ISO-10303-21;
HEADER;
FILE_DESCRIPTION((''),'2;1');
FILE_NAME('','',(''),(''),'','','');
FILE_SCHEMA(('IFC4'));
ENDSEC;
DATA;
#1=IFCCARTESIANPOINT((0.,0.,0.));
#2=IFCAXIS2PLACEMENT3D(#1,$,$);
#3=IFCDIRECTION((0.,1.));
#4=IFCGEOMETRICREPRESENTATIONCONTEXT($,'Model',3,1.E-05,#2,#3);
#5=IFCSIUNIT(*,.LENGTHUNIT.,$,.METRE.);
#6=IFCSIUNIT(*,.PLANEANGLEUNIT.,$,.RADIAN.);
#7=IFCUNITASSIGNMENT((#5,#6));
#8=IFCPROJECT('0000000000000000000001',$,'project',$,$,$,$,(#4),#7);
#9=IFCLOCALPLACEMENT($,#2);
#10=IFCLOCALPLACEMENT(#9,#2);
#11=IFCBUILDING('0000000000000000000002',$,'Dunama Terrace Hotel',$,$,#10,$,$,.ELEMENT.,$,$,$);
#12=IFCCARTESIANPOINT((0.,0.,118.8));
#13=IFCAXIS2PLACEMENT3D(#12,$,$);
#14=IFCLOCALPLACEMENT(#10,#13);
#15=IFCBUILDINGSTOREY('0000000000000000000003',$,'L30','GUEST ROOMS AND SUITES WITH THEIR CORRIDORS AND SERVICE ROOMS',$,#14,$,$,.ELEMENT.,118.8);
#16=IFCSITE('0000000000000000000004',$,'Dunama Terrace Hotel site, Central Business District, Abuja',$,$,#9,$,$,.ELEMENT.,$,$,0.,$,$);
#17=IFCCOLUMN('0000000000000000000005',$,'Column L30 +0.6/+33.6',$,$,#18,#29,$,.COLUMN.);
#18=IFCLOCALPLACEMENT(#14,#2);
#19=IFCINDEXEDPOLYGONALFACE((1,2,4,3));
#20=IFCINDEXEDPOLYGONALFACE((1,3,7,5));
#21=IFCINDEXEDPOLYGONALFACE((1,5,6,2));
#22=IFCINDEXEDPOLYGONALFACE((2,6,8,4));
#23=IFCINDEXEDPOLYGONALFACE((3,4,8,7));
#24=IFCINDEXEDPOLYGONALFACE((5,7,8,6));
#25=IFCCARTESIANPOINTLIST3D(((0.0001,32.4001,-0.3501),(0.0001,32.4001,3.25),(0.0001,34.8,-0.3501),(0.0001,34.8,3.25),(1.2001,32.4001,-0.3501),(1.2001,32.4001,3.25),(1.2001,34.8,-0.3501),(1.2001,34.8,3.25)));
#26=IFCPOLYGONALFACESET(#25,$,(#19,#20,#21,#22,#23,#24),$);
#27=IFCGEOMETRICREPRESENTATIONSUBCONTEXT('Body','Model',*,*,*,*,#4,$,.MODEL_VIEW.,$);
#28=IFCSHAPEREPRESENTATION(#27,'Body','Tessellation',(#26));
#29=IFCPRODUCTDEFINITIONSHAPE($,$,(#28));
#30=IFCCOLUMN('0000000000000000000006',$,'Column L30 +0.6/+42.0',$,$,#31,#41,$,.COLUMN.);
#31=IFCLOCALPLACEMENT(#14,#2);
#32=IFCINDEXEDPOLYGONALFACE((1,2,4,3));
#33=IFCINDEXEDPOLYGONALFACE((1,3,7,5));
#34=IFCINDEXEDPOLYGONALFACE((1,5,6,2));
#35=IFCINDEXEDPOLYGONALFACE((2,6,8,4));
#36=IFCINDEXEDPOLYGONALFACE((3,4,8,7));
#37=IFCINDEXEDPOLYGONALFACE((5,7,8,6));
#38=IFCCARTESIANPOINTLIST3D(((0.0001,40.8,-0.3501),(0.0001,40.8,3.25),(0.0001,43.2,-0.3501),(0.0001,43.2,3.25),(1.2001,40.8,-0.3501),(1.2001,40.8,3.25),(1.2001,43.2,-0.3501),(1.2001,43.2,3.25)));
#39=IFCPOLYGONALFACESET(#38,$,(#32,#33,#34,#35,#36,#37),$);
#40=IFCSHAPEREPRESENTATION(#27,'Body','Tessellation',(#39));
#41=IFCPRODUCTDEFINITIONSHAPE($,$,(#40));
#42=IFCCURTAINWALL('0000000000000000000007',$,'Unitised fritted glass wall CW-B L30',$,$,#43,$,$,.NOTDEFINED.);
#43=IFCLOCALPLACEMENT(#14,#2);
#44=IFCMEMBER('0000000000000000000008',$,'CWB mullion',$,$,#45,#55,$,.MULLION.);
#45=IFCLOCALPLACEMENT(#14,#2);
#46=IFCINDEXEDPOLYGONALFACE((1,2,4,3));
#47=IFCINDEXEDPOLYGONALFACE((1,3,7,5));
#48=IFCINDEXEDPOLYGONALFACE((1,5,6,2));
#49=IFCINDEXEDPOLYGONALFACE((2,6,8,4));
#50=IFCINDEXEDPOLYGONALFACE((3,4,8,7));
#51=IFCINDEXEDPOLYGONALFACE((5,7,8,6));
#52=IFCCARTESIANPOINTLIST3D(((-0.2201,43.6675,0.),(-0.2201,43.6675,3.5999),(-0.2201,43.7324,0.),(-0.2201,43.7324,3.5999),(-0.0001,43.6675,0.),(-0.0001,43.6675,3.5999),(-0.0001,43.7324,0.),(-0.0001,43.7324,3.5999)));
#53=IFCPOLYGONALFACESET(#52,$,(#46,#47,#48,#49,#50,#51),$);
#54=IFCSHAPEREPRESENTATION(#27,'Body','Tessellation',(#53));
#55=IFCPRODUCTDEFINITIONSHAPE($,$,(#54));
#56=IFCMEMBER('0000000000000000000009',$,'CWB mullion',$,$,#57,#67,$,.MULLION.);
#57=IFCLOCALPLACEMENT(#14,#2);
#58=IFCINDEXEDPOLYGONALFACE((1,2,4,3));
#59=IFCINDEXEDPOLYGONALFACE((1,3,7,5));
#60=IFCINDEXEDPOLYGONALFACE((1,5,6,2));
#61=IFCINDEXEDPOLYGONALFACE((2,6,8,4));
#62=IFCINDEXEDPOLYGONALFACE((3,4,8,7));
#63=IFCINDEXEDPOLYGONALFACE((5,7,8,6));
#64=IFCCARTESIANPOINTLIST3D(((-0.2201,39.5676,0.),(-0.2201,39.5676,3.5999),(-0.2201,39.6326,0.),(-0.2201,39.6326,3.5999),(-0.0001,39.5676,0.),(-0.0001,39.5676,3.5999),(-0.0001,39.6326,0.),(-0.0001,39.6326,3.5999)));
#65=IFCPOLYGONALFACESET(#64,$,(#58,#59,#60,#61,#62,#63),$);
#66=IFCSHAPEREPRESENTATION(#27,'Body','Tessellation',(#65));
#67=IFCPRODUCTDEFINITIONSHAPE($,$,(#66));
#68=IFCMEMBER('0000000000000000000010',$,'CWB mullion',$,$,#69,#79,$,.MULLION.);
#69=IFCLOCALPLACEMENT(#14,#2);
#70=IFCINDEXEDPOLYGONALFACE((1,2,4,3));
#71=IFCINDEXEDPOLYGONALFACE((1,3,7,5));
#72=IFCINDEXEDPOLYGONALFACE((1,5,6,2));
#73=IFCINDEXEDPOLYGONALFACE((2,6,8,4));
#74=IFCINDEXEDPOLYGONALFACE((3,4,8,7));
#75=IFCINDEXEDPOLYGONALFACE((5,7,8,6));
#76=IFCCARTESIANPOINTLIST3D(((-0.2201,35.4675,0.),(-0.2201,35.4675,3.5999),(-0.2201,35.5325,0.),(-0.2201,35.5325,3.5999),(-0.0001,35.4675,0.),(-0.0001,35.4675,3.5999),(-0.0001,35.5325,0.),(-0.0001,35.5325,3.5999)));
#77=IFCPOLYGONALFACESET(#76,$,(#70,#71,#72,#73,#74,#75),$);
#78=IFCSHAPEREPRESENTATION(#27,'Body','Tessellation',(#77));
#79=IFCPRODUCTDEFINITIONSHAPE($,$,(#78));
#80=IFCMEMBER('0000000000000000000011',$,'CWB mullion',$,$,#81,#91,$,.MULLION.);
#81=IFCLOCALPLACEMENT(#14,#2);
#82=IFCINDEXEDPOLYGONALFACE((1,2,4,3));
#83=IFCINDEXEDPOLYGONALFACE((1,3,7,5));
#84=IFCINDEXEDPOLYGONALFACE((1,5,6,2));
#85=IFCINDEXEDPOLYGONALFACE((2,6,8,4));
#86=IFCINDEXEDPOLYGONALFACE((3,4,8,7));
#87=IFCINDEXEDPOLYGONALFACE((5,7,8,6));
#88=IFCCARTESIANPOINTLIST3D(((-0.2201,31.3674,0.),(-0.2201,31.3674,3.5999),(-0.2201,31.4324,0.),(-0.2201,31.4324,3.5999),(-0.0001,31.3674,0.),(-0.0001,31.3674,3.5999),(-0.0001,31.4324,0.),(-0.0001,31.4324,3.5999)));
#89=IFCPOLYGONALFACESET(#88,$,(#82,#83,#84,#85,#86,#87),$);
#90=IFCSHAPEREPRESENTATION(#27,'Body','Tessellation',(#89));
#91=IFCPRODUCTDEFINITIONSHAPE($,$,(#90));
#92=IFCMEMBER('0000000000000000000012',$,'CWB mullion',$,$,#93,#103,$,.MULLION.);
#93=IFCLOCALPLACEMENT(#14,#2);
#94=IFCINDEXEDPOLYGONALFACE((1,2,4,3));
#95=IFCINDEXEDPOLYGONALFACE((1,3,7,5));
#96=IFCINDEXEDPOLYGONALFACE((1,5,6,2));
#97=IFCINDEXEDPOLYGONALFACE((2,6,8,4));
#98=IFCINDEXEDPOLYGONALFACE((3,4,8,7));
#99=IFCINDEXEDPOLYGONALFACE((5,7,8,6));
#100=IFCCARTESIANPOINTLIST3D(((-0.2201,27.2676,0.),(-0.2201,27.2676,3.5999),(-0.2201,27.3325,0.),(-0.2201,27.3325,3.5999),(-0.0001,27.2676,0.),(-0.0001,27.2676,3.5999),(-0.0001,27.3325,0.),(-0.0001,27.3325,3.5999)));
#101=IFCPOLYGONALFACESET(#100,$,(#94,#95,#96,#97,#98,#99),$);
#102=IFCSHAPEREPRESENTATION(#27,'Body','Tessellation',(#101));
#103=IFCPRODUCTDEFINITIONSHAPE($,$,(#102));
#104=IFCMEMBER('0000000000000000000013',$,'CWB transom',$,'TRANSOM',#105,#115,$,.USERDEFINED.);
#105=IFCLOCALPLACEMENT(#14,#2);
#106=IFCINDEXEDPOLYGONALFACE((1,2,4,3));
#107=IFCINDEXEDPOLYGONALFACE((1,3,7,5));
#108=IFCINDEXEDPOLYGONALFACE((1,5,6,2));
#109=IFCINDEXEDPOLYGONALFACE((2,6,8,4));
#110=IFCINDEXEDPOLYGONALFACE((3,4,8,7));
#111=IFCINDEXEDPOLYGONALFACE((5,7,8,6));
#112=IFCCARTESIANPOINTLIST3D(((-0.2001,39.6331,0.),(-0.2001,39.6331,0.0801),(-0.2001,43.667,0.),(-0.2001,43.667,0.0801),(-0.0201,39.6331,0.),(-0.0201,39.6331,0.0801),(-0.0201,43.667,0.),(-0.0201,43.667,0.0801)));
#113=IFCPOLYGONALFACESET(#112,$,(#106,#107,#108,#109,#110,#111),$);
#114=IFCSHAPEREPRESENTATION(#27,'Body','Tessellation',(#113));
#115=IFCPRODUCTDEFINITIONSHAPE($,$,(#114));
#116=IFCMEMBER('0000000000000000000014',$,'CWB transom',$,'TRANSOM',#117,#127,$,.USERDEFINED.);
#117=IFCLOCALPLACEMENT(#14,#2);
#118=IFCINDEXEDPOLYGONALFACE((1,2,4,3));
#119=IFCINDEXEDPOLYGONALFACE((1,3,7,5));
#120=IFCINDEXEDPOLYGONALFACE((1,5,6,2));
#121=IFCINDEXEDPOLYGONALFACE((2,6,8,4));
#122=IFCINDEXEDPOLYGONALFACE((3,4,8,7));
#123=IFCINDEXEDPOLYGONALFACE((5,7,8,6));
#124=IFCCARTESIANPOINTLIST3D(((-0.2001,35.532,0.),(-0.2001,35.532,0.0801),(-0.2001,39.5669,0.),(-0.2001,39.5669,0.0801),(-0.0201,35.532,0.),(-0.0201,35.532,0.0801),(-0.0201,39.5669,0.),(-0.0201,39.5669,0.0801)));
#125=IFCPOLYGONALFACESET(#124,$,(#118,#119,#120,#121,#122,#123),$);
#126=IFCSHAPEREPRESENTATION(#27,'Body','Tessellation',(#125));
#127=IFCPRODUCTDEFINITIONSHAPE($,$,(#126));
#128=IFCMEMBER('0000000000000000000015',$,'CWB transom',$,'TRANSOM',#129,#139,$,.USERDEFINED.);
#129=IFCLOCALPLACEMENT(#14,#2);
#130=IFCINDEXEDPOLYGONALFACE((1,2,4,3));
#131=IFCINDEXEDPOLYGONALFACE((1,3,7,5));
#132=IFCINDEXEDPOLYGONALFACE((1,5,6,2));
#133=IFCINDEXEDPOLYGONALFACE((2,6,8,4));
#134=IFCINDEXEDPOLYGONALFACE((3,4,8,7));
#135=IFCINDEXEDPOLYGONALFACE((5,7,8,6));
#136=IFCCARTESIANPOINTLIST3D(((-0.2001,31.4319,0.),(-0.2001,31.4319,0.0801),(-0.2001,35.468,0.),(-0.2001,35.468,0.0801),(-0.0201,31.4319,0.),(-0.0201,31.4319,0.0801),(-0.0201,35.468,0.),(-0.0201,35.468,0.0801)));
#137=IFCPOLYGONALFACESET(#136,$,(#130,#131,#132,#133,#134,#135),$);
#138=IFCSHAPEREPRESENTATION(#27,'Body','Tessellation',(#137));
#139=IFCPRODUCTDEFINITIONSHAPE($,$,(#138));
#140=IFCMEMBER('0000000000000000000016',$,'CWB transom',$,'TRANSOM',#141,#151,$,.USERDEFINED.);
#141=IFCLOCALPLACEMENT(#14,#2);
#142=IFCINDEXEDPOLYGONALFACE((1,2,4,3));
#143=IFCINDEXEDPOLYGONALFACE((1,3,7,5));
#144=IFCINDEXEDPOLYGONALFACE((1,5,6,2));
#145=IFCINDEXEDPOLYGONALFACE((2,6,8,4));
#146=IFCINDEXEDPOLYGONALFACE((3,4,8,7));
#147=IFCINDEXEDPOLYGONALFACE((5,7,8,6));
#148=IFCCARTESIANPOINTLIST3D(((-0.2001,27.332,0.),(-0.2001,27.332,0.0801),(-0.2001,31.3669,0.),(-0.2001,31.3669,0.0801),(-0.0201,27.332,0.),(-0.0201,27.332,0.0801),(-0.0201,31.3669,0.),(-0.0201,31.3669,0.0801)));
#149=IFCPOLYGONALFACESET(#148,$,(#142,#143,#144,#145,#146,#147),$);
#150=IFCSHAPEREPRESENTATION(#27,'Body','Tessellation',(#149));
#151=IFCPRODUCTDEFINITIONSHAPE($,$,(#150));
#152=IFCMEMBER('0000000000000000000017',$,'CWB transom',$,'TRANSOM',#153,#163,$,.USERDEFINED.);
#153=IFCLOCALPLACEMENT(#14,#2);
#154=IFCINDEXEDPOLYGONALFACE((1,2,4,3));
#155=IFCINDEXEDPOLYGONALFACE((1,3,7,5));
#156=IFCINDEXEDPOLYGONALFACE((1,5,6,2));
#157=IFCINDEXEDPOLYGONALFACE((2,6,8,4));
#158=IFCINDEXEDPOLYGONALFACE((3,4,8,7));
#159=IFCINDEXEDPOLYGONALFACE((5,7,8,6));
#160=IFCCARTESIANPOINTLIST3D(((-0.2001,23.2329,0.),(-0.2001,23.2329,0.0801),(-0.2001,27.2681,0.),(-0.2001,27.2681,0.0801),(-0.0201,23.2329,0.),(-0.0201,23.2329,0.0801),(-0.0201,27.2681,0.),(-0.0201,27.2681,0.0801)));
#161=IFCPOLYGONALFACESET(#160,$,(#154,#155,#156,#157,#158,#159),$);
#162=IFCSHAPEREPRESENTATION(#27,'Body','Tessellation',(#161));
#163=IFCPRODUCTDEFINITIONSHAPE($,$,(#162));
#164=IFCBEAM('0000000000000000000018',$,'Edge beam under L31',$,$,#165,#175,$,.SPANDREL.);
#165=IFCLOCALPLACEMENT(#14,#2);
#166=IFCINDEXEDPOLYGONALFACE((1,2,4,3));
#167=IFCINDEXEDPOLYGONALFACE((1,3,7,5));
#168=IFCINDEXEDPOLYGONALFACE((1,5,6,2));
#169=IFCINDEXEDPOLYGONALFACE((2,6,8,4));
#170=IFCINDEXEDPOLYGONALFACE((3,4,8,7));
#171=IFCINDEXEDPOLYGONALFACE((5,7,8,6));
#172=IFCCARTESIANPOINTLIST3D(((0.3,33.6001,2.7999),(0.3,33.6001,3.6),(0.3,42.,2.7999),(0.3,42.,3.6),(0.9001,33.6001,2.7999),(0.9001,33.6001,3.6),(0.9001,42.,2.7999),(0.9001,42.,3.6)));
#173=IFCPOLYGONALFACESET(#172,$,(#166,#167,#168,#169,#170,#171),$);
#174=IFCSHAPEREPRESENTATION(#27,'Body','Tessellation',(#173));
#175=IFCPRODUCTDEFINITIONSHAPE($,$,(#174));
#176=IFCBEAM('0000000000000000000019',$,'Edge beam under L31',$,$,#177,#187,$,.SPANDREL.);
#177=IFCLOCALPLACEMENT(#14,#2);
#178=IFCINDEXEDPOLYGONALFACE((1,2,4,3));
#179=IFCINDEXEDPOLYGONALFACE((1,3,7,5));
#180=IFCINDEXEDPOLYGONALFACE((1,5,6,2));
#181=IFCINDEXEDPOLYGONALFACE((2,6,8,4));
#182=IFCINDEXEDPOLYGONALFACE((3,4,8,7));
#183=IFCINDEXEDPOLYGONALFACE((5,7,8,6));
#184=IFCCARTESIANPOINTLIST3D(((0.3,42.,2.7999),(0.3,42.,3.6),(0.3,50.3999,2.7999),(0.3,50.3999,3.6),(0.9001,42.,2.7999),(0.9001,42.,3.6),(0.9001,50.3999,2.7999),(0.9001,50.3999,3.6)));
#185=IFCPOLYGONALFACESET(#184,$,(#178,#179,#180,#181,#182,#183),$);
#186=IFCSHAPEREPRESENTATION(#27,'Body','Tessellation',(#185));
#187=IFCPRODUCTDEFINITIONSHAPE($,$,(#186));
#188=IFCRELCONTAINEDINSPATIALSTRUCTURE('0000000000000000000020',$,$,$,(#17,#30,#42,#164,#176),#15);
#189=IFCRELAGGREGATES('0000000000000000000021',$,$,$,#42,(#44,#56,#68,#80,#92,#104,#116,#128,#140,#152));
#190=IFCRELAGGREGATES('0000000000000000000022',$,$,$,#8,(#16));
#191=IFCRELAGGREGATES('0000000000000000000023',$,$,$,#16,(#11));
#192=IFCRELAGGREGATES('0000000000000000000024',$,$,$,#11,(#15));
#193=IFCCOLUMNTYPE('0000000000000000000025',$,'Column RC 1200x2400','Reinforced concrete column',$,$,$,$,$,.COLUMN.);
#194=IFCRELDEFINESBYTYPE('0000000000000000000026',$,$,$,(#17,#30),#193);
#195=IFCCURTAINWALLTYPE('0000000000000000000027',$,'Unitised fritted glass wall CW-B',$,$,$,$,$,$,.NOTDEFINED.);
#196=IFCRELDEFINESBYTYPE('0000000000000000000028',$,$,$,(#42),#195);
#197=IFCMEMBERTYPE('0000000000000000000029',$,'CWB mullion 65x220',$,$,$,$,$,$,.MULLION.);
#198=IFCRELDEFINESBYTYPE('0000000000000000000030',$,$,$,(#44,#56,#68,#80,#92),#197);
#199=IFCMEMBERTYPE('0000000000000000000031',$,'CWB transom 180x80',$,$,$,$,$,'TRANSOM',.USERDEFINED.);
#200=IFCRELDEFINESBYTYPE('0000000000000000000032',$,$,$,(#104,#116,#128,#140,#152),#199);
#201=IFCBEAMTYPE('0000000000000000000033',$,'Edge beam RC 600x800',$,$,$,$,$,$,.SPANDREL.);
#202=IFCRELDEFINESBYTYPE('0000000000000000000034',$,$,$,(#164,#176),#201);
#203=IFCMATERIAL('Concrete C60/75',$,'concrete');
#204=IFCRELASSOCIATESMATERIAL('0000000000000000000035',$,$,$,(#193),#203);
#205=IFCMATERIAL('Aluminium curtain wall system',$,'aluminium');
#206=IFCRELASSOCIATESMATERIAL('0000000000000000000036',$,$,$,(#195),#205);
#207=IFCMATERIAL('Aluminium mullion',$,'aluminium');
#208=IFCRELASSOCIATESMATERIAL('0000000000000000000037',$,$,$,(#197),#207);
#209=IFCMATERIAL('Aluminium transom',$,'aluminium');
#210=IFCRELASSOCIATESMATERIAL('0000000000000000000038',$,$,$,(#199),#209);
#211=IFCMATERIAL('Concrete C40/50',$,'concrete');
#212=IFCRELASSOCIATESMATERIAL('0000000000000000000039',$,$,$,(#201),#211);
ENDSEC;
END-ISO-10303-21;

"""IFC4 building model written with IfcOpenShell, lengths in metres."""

from ifc_helpers import new_model, si_unit, direction, frame, origin, origin_2d, place, context, subcontext, project, spatial, rectangle, extrude, material, material_profile, profile_set, type_object, element, aggregate, save


model = new_model("IFC4")

# Units and contexts
model_context = context("Model", 3, precision=1e-05, world=origin(), true_north=direction((0.0, 1.0)))
body_context = subcontext(model_context, "Body", "Model", "MODEL_VIEW")
ifc_project = project(units=[si_unit("LENGTHUNIT", "METRE"), si_unit("PLANEANGLEUNIT", "RADIAN")], contexts=[model_context])

# Site, building, storey
site_placement = place(None, origin())
site = spatial("IfcSite", under=ifc_project, at=site_placement, Name="Dunama Terrace Hotel site, Central Business District, Abuja", CompositionType="ELEMENT", RefElevation=0.0)
building_placement = place(site_placement, origin())
building = spatial("IfcBuilding", under=site, at=building_placement, Name="Dunama Terrace Hotel", CompositionType="ELEMENT")
storey_placement = place(building_placement, frame((0.0, 0.0, 118.8)))
storey = spatial("IfcBuildingStorey", under=building, at=storey_placement, Name="L30", Description="GUEST ROOMS AND SUITES WITH THEIR CORRIDORS AND SERVICE ROOMS", CompositionType="ELEMENT", Elevation=118.8)

# Columns
ifc_material_1 = material(Name="Concrete C60/75", Category="concrete")
ifc_material_profile_1 = material_profile(ifc_material_1, rectangle(XDim=1.2, YDim=2.3999, at=origin_2d()), Name="RC 1200x2400")
ifc_profile_set_1 = profile_set([ifc_material_profile_1], Name="Concrete C60/75")
column_type = type_object("IfcColumnType", Name="Column RC 1200x2400", Description="Reinforced concrete column", PredefinedType="COLUMN", material=ifc_profile_set_1)
for number, where, z_axis, x_axis, name in (
    (1, (0.6001, 33.6001, -0.3501), (0.0, 0.0, 1.0), (1.0, 0.0, 0.0), "Column L30 +0.6/+33.6"),
    (2, (0.6001, 42.0, -0.3501), (0.0, 0.0, 1.0), (1.0, 0.0, 0.0), "Column L30 +0.6/+42.0"),
):
    element("IfcColumn", number, at=place(storey_placement, frame(where, z_axis=z_axis, x_axis=x_axis)), inside=storey, type_object=column_type, Name=name, PredefinedType="COLUMN", context=body_context, shape_type="SweptSolid", body=[
        extrude(rectangle(XDim=1.2, YDim=2.3999, at=origin_2d()), origin(), (0.0, 0.0, 1.0), 3.6001),
    ])

# Curtain wall, members
ifc_material_2 = material(Name="Aluminium curtain wall system", Category="aluminium")
curtain_wall_type = type_object("IfcCurtainWallType", Name="Unitised fritted glass wall CW-B", PredefinedType="NOTDEFINED", material=ifc_material_2)
curtain_wall_placement = place(storey_placement, origin())
curtain_wall = element("IfcCurtainWall", 3, at=curtain_wall_placement, inside=storey, type_object=curtain_wall_type, Name="Unitised fritted glass wall CW-B L30", PredefinedType="NOTDEFINED")
ifc_material_3 = material(Name="Aluminium mullion", Category="aluminium")
ifc_material_profile_2 = material_profile(ifc_material_3, rectangle(XDim=0.0649, YDim=0.22, at=origin_2d()), Name="CWB MULLION 65X220")
ifc_profile_set_2 = profile_set([ifc_material_profile_2], Name="Aluminium mullion")
member_type_1 = type_object("IfcMemberType", Name="CWB mullion 65x220", PredefinedType="MULLION", material=ifc_profile_set_2)
member_1_placement = place(storey_placement, frame((-0.1101, 43.7, 0.0), z_axis=(0.0, 0.0, 1.0), x_axis=(0.0, -1.0, 0.0)))
member_1 = element("IfcMember", 4, at=member_1_placement, type_object=member_type_1, Name="CWB mullion", PredefinedType="MULLION", context=body_context, shape_type="SweptSolid", body=[
    extrude(rectangle(XDim=0.0649, YDim=0.22, at=origin_2d()), origin(), (0.0, 0.0, 1.0), 3.5999),
])
member_2_placement = place(storey_placement, frame((-0.1101, 39.6001, 0.0), z_axis=(0.0, 0.0, 1.0), x_axis=(0.0, -1.0, 0.0)))
member_2 = element("IfcMember", 5, at=member_2_placement, type_object=member_type_1, Name="CWB mullion", PredefinedType="MULLION", context=body_context, shape_type="SweptSolid", body=[
    extrude(rectangle(XDim=0.0649, YDim=0.22, at=origin_2d()), origin(), (0.0, 0.0, 1.0), 3.5999),
])
member_3_placement = place(storey_placement, frame((-0.1101, 35.5, 0.0), z_axis=(0.0, 0.0, 1.0), x_axis=(0.0, -1.0, 0.0)))
member_3 = element("IfcMember", 6, at=member_3_placement, type_object=member_type_1, Name="CWB mullion", PredefinedType="MULLION", context=body_context, shape_type="SweptSolid", body=[
    extrude(rectangle(XDim=0.0649, YDim=0.22, at=origin_2d()), origin(), (0.0, 0.0, 1.0), 3.5999),
])
member_4_placement = place(storey_placement, frame((-0.1101, 31.3999, 0.0), z_axis=(0.0, 0.0, 1.0), x_axis=(0.0, -1.0, 0.0)))
member_4 = element("IfcMember", 7, at=member_4_placement, type_object=member_type_1, Name="CWB mullion", PredefinedType="MULLION", context=body_context, shape_type="SweptSolid", body=[
    extrude(rectangle(XDim=0.0649, YDim=0.22, at=origin_2d()), origin(), (0.0, 0.0, 1.0), 3.5999),
])
member_5_placement = place(storey_placement, frame((-0.1101, 27.3, 0.0), z_axis=(0.0, 0.0, 1.0), x_axis=(0.0, -1.0, 0.0)))
member_5 = element("IfcMember", 8, at=member_5_placement, type_object=member_type_1, Name="CWB mullion", PredefinedType="MULLION", context=body_context, shape_type="SweptSolid", body=[
    extrude(rectangle(XDim=0.0649, YDim=0.22, at=origin_2d()), origin(), (0.0, 0.0, 1.0), 3.5999),
])
ifc_material_4 = material(Name="Aluminium transom", Category="aluminium")
ifc_material_profile_3 = material_profile(ifc_material_4, rectangle(XDim=0.1799, YDim=0.0801, at=origin_2d()), Name="CWB TRANSOM 180X80")
ifc_profile_set_3 = profile_set([ifc_material_profile_3], Name="Aluminium transom")
member_type_2 = type_object("IfcMemberType", Name="CWB transom 180x80", ElementType="TRANSOM", PredefinedType="USERDEFINED", material=ifc_profile_set_3)
member_6_placement = place(storey_placement, frame((-0.1101, 43.667, 0.04), z_axis=(0.0, -1.0, 0.0), x_axis=(1.0, 0.0, 0.0)))
member_6 = element("IfcMember", 9, at=member_6_placement, type_object=member_type_2, Name="CWB transom", ObjectType="TRANSOM", PredefinedType="USERDEFINED", context=body_context, shape_type="SweptSolid", body=[
    extrude(rectangle(XDim=0.1799, YDim=0.0801, at=origin_2d()), origin(), (0.0, 0.0, 1.0), 4.0339),
])
member_7_placement = place(storey_placement, frame((-0.1101, 39.5669, 0.04), z_axis=(0.0, -1.0, 0.0), x_axis=(1.0, 0.0, 0.0)))
member_7 = element("IfcMember", 10, at=member_7_placement, type_object=member_type_2, Name="CWB transom", ObjectType="TRANSOM", PredefinedType="USERDEFINED", context=body_context, shape_type="SweptSolid", body=[
    extrude(rectangle(XDim=0.1799, YDim=0.0801, at=origin_2d()), origin(), (0.0, 0.0, 1.0), 4.0349),
])
member_8_placement = place(storey_placement, frame((-0.1101, 35.468, 0.04), z_axis=(0.0, -1.0, 0.0), x_axis=(1.0, 0.0, 0.0)))
member_8 = element("IfcMember", 11, at=member_8_placement, type_object=member_type_2, Name="CWB transom", ObjectType="TRANSOM", PredefinedType="USERDEFINED", context=body_context, shape_type="SweptSolid", body=[
    extrude(rectangle(XDim=0.1799, YDim=0.0801, at=origin_2d()), origin(), (0.0, 0.0, 1.0), 4.0361),
])
member_9_placement = place(storey_placement, frame((-0.1101, 31.3669, 0.04), z_axis=(0.0, -1.0, 0.0), x_axis=(1.0, 0.0, 0.0)))
member_9 = element("IfcMember", 12, at=member_9_placement, type_object=member_type_2, Name="CWB transom", ObjectType="TRANSOM", PredefinedType="USERDEFINED", context=body_context, shape_type="SweptSolid", body=[
    extrude(rectangle(XDim=0.1799, YDim=0.0801, at=origin_2d()), origin(), (0.0, 0.0, 1.0), 4.0349),
])
member_10_placement = place(storey_placement, frame((-0.1101, 27.2681, 0.04), z_axis=(0.0, -1.0, 0.0), x_axis=(1.0, 0.0, 0.0)))
member_10 = element("IfcMember", 13, at=member_10_placement, type_object=member_type_2, Name="CWB transom", ObjectType="TRANSOM", PredefinedType="USERDEFINED", context=body_context, shape_type="SweptSolid", body=[
    extrude(rectangle(XDim=0.1799, YDim=0.0801, at=origin_2d()), origin(), (0.0, 0.0, 1.0), 4.0352),
])

# Beams
ifc_material_5 = material(Name="Concrete C40/50", Category="concrete")
ifc_material_profile_4 = material_profile(ifc_material_5, rectangle(XDim=0.6001, YDim=0.8, at=origin_2d()), Name="RC 600x800")
ifc_profile_set_4 = profile_set([ifc_material_profile_4], Name="Concrete C40/50")
beam_type = type_object("IfcBeamType", Name="Edge beam RC 600x800", PredefinedType="SPANDREL", material=ifc_profile_set_4)
for number, where, z_axis, x_axis, name in (
    (14, (0.6001, 33.6001, 3.2), (0.0, 1.0, 0.0), (-1.0, 0.0, 0.0), "Edge beam under L31"),
    (15, (0.6001, 42.0, 3.2), (0.0, 1.0, 0.0), (-1.0, 0.0, 0.0), "Edge beam under L31"),
):
    element("IfcBeam", number, at=place(storey_placement, frame(where, z_axis=z_axis, x_axis=x_axis)), inside=storey, type_object=beam_type, Name=name, PredefinedType="SPANDREL", context=body_context, shape_type="SweptSolid", body=[
        extrude(rectangle(XDim=0.6001, YDim=0.8, at=origin_2d()), origin(), (0.0, 0.0, 1.0), 8.3999),
    ])

aggregate(curtain_wall, [member_1, member_2, member_3, member_4, member_5, member_6, member_7, member_8, member_9, member_10])

save(model, "model.ifc")
